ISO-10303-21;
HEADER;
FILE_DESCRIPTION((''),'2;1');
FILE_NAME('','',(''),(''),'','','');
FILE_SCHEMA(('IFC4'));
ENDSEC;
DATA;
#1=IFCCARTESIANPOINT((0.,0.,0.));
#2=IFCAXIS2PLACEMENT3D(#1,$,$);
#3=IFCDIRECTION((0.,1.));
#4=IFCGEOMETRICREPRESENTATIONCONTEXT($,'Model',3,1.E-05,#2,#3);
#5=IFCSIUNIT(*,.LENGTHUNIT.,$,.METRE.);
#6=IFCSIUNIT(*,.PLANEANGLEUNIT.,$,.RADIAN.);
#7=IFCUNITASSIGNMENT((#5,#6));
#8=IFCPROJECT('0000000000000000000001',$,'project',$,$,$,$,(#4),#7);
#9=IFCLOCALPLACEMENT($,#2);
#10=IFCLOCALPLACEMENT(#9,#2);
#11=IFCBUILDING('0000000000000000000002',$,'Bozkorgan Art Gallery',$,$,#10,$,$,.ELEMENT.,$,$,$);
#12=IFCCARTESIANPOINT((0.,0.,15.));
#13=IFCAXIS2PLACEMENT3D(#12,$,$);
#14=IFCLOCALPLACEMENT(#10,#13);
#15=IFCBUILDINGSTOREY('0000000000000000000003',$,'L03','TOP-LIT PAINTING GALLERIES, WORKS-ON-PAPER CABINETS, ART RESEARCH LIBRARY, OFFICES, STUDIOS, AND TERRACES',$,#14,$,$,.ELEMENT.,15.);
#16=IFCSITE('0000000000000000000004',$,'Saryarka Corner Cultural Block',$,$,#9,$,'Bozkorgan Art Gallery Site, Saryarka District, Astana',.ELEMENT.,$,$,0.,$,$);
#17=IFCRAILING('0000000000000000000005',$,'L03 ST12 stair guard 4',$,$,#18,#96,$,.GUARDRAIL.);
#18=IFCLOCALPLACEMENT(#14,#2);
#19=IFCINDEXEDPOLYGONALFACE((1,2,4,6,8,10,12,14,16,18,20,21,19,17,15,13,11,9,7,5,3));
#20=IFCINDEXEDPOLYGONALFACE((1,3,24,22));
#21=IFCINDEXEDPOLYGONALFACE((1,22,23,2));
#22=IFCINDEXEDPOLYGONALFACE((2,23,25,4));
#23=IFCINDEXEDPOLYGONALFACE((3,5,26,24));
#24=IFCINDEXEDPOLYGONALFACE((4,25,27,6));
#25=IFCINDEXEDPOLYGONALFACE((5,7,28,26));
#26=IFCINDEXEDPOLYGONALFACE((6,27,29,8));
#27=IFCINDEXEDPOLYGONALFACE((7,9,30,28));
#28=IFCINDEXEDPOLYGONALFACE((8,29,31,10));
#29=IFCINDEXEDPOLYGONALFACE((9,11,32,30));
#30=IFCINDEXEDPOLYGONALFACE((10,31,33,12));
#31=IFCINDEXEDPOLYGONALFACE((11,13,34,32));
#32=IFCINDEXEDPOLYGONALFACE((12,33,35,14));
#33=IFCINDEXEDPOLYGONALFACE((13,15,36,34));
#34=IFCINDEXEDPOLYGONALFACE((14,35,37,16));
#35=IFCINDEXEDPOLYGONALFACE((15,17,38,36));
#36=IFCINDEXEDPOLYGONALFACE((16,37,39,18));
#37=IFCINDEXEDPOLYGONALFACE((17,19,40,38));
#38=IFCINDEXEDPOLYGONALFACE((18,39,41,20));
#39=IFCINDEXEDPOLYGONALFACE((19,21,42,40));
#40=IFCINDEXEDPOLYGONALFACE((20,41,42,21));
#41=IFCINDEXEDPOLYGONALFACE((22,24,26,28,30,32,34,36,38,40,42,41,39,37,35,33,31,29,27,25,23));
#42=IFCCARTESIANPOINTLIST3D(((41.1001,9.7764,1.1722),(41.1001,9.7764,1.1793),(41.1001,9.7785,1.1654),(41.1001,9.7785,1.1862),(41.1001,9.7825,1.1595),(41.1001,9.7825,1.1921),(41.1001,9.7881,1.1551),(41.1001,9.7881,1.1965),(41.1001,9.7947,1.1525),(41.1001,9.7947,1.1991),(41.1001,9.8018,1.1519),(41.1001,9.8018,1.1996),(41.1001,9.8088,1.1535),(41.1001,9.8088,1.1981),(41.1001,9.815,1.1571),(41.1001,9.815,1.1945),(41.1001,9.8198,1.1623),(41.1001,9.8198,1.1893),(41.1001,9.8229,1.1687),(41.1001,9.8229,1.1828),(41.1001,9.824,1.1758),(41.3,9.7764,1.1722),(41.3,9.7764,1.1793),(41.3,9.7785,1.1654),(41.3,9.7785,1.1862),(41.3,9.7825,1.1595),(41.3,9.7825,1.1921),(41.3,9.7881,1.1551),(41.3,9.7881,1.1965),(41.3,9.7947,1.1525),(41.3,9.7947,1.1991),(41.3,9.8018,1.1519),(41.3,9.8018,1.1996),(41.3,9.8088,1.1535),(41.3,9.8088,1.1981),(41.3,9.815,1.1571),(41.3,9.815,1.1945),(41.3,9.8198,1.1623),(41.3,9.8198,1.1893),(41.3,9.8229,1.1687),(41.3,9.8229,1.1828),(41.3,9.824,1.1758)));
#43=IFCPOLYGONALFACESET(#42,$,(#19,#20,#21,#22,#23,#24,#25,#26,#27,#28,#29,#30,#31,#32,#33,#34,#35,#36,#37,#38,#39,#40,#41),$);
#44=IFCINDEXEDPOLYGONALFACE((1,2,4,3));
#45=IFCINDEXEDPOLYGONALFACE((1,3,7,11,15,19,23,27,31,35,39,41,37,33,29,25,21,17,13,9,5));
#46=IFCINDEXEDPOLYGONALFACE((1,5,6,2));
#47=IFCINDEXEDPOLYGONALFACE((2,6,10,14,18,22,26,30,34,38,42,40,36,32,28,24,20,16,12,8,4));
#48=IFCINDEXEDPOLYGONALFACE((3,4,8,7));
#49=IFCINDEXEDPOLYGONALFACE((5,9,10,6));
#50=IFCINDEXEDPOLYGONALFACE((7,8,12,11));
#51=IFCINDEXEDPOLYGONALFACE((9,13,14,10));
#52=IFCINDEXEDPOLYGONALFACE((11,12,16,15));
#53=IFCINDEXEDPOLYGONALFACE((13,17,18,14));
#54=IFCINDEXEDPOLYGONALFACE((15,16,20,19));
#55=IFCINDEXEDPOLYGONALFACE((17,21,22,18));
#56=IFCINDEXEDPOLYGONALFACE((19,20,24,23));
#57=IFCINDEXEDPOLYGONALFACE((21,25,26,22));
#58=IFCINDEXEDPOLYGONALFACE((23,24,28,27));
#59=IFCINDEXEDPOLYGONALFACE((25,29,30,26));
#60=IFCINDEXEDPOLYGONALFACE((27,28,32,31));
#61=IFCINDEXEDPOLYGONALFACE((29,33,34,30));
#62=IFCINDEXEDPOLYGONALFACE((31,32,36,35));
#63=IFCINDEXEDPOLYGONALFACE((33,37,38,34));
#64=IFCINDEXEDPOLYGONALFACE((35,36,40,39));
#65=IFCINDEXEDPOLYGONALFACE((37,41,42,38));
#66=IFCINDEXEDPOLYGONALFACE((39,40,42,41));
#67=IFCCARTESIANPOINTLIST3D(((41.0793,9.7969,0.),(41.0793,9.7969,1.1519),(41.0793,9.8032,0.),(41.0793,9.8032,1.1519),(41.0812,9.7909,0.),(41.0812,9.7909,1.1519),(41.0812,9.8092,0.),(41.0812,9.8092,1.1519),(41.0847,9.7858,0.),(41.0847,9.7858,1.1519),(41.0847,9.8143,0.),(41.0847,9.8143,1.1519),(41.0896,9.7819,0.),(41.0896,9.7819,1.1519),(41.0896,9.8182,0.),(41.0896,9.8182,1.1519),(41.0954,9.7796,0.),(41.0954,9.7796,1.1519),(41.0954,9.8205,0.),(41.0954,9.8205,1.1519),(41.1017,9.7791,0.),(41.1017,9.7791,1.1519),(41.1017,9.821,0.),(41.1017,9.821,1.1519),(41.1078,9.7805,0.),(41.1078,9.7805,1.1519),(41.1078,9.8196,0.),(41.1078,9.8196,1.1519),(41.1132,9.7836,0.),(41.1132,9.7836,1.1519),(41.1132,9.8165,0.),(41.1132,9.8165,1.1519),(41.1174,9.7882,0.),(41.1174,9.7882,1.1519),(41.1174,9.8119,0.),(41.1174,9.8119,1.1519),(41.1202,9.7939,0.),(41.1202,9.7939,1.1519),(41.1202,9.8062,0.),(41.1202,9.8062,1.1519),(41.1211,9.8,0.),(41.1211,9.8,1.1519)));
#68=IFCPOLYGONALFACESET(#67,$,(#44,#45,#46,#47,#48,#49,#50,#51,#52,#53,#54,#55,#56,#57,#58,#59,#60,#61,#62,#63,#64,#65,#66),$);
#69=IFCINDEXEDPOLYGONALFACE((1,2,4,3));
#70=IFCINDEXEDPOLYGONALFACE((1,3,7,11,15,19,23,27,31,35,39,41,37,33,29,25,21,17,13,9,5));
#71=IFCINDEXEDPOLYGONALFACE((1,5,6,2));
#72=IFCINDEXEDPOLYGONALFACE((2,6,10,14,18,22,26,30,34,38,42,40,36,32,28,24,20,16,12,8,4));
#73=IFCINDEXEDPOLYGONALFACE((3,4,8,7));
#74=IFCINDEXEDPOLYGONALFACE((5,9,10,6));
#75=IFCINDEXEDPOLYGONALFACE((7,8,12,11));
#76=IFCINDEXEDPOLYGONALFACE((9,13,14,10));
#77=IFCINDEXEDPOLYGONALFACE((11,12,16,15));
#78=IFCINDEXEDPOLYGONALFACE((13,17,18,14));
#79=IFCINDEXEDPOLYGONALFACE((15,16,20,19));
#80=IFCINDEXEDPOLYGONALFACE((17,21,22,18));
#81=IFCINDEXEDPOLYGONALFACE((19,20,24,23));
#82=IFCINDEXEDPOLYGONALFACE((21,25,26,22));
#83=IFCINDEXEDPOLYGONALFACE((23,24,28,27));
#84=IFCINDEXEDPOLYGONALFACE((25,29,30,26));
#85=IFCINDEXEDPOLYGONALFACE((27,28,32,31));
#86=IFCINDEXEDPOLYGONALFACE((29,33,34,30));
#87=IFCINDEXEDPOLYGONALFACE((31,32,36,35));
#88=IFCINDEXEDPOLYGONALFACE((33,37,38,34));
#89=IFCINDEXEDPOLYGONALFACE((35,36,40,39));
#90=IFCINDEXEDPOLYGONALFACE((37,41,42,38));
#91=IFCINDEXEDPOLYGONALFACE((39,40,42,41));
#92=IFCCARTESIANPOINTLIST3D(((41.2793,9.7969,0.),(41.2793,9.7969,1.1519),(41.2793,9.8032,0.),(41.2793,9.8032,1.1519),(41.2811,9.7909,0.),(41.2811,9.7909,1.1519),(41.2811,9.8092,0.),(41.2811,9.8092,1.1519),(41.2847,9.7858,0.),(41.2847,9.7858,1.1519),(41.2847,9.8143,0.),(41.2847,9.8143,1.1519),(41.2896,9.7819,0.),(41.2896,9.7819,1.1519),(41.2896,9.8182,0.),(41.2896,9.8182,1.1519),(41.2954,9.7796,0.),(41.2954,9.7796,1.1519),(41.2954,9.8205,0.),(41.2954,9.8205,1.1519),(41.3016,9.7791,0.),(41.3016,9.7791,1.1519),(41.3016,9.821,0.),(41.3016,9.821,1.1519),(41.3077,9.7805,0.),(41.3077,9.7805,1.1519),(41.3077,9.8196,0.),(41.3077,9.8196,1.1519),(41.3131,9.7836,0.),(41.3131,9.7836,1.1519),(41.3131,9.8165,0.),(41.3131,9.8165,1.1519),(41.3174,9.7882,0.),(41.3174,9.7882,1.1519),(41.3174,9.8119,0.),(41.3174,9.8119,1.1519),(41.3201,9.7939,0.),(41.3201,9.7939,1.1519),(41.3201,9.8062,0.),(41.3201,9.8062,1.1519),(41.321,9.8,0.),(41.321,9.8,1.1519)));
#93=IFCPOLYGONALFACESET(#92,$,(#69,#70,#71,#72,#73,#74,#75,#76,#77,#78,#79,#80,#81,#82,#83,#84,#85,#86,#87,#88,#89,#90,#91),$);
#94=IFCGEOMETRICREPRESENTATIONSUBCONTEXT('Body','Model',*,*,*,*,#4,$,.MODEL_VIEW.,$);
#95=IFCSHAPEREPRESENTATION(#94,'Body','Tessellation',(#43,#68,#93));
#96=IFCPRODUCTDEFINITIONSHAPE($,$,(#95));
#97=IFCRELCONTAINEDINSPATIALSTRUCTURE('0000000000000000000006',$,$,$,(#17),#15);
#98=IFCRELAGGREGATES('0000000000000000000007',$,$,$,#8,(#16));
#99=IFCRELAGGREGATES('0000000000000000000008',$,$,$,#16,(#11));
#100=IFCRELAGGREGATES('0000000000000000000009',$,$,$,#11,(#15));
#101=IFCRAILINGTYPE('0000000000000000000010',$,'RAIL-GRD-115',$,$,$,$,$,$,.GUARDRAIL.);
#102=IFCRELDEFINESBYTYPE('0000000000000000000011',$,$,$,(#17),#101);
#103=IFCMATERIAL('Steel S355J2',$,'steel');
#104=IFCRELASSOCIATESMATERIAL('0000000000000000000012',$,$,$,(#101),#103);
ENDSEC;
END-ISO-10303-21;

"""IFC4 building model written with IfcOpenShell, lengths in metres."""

from ifc_helpers import new_model, si_unit, direction, frame, origin, origin_2d, place, context, subcontext, project, spatial, circle, extrude, material, type_object, element, save


model = new_model("IFC4")

# Units and contexts
model_context = context("Model", 3, precision=1e-05, world=origin(), true_north=direction((0.0, 1.0)))
body_context = subcontext(model_context, "Body", "Model", "MODEL_VIEW")
ifc_project = project(units=[si_unit("LENGTHUNIT", "METRE"), si_unit("PLANEANGLEUNIT", "RADIAN")], contexts=[model_context])

# Site, building, storey
site_placement = place(None, origin())
site = spatial("IfcSite", under=ifc_project, at=site_placement, Name="Saryarka Corner Cultural Block", LongName="Bozkorgan Art Gallery Site, Saryarka District, Astana", CompositionType="ELEMENT", RefElevation=0.0)
building_placement = place(site_placement, origin())
building = spatial("IfcBuilding", under=site, at=building_placement, Name="Bozkorgan Art Gallery", CompositionType="ELEMENT")
storey_placement = place(building_placement, frame((0.0, 0.0, 15.0)))
storey = spatial("IfcBuildingStorey", under=building, at=storey_placement, Name="L03", Description="TOP-LIT PAINTING GALLERIES, WORKS-ON-PAPER CABINETS, ART RESEARCH LIBRARY, OFFICES, STUDIOS, AND TERRACES", CompositionType="ELEMENT", Elevation=15.0)

# Shared definitions
ifc_material_1 = material(Name="Steel S355J2", Category="steel")

# Railing
railing_type_1 = type_object("IfcRailingType", Name="RAIL-GRD-115", PredefinedType="GUARDRAIL", material=ifc_material_1)
railing_1_placement = place(storey_placement, frame((41.1001, 9.8, 0.0)))
element("IfcRailing", 1, at=railing_1_placement, inside=storey, type_object=railing_type_1, Name="L03 ST12 stair guard 4", PredefinedType="GUARDRAIL", context=body_context, shape_type="SweptSolid", body=[
    extrude(circle(Radius=0.0239, at=origin_2d()), frame((0.0, 0.0, 1.1758), z_axis=(1.0, 0.0, 0.0), x_axis=(0.0, 1.0, 0.0)), (0.0, 0.0, 1.0), 0.2),
    extrude(circle(Radius=0.021, at=origin_2d()), origin(), (0.0, 0.0, 1.0), 1.1519),
    extrude(circle(Radius=0.021, at=origin_2d()), frame((0.2, 0.0, 0.0)), (0.0, 0.0, 1.0), 1.1519),
])

save(model, "model.ifc")
